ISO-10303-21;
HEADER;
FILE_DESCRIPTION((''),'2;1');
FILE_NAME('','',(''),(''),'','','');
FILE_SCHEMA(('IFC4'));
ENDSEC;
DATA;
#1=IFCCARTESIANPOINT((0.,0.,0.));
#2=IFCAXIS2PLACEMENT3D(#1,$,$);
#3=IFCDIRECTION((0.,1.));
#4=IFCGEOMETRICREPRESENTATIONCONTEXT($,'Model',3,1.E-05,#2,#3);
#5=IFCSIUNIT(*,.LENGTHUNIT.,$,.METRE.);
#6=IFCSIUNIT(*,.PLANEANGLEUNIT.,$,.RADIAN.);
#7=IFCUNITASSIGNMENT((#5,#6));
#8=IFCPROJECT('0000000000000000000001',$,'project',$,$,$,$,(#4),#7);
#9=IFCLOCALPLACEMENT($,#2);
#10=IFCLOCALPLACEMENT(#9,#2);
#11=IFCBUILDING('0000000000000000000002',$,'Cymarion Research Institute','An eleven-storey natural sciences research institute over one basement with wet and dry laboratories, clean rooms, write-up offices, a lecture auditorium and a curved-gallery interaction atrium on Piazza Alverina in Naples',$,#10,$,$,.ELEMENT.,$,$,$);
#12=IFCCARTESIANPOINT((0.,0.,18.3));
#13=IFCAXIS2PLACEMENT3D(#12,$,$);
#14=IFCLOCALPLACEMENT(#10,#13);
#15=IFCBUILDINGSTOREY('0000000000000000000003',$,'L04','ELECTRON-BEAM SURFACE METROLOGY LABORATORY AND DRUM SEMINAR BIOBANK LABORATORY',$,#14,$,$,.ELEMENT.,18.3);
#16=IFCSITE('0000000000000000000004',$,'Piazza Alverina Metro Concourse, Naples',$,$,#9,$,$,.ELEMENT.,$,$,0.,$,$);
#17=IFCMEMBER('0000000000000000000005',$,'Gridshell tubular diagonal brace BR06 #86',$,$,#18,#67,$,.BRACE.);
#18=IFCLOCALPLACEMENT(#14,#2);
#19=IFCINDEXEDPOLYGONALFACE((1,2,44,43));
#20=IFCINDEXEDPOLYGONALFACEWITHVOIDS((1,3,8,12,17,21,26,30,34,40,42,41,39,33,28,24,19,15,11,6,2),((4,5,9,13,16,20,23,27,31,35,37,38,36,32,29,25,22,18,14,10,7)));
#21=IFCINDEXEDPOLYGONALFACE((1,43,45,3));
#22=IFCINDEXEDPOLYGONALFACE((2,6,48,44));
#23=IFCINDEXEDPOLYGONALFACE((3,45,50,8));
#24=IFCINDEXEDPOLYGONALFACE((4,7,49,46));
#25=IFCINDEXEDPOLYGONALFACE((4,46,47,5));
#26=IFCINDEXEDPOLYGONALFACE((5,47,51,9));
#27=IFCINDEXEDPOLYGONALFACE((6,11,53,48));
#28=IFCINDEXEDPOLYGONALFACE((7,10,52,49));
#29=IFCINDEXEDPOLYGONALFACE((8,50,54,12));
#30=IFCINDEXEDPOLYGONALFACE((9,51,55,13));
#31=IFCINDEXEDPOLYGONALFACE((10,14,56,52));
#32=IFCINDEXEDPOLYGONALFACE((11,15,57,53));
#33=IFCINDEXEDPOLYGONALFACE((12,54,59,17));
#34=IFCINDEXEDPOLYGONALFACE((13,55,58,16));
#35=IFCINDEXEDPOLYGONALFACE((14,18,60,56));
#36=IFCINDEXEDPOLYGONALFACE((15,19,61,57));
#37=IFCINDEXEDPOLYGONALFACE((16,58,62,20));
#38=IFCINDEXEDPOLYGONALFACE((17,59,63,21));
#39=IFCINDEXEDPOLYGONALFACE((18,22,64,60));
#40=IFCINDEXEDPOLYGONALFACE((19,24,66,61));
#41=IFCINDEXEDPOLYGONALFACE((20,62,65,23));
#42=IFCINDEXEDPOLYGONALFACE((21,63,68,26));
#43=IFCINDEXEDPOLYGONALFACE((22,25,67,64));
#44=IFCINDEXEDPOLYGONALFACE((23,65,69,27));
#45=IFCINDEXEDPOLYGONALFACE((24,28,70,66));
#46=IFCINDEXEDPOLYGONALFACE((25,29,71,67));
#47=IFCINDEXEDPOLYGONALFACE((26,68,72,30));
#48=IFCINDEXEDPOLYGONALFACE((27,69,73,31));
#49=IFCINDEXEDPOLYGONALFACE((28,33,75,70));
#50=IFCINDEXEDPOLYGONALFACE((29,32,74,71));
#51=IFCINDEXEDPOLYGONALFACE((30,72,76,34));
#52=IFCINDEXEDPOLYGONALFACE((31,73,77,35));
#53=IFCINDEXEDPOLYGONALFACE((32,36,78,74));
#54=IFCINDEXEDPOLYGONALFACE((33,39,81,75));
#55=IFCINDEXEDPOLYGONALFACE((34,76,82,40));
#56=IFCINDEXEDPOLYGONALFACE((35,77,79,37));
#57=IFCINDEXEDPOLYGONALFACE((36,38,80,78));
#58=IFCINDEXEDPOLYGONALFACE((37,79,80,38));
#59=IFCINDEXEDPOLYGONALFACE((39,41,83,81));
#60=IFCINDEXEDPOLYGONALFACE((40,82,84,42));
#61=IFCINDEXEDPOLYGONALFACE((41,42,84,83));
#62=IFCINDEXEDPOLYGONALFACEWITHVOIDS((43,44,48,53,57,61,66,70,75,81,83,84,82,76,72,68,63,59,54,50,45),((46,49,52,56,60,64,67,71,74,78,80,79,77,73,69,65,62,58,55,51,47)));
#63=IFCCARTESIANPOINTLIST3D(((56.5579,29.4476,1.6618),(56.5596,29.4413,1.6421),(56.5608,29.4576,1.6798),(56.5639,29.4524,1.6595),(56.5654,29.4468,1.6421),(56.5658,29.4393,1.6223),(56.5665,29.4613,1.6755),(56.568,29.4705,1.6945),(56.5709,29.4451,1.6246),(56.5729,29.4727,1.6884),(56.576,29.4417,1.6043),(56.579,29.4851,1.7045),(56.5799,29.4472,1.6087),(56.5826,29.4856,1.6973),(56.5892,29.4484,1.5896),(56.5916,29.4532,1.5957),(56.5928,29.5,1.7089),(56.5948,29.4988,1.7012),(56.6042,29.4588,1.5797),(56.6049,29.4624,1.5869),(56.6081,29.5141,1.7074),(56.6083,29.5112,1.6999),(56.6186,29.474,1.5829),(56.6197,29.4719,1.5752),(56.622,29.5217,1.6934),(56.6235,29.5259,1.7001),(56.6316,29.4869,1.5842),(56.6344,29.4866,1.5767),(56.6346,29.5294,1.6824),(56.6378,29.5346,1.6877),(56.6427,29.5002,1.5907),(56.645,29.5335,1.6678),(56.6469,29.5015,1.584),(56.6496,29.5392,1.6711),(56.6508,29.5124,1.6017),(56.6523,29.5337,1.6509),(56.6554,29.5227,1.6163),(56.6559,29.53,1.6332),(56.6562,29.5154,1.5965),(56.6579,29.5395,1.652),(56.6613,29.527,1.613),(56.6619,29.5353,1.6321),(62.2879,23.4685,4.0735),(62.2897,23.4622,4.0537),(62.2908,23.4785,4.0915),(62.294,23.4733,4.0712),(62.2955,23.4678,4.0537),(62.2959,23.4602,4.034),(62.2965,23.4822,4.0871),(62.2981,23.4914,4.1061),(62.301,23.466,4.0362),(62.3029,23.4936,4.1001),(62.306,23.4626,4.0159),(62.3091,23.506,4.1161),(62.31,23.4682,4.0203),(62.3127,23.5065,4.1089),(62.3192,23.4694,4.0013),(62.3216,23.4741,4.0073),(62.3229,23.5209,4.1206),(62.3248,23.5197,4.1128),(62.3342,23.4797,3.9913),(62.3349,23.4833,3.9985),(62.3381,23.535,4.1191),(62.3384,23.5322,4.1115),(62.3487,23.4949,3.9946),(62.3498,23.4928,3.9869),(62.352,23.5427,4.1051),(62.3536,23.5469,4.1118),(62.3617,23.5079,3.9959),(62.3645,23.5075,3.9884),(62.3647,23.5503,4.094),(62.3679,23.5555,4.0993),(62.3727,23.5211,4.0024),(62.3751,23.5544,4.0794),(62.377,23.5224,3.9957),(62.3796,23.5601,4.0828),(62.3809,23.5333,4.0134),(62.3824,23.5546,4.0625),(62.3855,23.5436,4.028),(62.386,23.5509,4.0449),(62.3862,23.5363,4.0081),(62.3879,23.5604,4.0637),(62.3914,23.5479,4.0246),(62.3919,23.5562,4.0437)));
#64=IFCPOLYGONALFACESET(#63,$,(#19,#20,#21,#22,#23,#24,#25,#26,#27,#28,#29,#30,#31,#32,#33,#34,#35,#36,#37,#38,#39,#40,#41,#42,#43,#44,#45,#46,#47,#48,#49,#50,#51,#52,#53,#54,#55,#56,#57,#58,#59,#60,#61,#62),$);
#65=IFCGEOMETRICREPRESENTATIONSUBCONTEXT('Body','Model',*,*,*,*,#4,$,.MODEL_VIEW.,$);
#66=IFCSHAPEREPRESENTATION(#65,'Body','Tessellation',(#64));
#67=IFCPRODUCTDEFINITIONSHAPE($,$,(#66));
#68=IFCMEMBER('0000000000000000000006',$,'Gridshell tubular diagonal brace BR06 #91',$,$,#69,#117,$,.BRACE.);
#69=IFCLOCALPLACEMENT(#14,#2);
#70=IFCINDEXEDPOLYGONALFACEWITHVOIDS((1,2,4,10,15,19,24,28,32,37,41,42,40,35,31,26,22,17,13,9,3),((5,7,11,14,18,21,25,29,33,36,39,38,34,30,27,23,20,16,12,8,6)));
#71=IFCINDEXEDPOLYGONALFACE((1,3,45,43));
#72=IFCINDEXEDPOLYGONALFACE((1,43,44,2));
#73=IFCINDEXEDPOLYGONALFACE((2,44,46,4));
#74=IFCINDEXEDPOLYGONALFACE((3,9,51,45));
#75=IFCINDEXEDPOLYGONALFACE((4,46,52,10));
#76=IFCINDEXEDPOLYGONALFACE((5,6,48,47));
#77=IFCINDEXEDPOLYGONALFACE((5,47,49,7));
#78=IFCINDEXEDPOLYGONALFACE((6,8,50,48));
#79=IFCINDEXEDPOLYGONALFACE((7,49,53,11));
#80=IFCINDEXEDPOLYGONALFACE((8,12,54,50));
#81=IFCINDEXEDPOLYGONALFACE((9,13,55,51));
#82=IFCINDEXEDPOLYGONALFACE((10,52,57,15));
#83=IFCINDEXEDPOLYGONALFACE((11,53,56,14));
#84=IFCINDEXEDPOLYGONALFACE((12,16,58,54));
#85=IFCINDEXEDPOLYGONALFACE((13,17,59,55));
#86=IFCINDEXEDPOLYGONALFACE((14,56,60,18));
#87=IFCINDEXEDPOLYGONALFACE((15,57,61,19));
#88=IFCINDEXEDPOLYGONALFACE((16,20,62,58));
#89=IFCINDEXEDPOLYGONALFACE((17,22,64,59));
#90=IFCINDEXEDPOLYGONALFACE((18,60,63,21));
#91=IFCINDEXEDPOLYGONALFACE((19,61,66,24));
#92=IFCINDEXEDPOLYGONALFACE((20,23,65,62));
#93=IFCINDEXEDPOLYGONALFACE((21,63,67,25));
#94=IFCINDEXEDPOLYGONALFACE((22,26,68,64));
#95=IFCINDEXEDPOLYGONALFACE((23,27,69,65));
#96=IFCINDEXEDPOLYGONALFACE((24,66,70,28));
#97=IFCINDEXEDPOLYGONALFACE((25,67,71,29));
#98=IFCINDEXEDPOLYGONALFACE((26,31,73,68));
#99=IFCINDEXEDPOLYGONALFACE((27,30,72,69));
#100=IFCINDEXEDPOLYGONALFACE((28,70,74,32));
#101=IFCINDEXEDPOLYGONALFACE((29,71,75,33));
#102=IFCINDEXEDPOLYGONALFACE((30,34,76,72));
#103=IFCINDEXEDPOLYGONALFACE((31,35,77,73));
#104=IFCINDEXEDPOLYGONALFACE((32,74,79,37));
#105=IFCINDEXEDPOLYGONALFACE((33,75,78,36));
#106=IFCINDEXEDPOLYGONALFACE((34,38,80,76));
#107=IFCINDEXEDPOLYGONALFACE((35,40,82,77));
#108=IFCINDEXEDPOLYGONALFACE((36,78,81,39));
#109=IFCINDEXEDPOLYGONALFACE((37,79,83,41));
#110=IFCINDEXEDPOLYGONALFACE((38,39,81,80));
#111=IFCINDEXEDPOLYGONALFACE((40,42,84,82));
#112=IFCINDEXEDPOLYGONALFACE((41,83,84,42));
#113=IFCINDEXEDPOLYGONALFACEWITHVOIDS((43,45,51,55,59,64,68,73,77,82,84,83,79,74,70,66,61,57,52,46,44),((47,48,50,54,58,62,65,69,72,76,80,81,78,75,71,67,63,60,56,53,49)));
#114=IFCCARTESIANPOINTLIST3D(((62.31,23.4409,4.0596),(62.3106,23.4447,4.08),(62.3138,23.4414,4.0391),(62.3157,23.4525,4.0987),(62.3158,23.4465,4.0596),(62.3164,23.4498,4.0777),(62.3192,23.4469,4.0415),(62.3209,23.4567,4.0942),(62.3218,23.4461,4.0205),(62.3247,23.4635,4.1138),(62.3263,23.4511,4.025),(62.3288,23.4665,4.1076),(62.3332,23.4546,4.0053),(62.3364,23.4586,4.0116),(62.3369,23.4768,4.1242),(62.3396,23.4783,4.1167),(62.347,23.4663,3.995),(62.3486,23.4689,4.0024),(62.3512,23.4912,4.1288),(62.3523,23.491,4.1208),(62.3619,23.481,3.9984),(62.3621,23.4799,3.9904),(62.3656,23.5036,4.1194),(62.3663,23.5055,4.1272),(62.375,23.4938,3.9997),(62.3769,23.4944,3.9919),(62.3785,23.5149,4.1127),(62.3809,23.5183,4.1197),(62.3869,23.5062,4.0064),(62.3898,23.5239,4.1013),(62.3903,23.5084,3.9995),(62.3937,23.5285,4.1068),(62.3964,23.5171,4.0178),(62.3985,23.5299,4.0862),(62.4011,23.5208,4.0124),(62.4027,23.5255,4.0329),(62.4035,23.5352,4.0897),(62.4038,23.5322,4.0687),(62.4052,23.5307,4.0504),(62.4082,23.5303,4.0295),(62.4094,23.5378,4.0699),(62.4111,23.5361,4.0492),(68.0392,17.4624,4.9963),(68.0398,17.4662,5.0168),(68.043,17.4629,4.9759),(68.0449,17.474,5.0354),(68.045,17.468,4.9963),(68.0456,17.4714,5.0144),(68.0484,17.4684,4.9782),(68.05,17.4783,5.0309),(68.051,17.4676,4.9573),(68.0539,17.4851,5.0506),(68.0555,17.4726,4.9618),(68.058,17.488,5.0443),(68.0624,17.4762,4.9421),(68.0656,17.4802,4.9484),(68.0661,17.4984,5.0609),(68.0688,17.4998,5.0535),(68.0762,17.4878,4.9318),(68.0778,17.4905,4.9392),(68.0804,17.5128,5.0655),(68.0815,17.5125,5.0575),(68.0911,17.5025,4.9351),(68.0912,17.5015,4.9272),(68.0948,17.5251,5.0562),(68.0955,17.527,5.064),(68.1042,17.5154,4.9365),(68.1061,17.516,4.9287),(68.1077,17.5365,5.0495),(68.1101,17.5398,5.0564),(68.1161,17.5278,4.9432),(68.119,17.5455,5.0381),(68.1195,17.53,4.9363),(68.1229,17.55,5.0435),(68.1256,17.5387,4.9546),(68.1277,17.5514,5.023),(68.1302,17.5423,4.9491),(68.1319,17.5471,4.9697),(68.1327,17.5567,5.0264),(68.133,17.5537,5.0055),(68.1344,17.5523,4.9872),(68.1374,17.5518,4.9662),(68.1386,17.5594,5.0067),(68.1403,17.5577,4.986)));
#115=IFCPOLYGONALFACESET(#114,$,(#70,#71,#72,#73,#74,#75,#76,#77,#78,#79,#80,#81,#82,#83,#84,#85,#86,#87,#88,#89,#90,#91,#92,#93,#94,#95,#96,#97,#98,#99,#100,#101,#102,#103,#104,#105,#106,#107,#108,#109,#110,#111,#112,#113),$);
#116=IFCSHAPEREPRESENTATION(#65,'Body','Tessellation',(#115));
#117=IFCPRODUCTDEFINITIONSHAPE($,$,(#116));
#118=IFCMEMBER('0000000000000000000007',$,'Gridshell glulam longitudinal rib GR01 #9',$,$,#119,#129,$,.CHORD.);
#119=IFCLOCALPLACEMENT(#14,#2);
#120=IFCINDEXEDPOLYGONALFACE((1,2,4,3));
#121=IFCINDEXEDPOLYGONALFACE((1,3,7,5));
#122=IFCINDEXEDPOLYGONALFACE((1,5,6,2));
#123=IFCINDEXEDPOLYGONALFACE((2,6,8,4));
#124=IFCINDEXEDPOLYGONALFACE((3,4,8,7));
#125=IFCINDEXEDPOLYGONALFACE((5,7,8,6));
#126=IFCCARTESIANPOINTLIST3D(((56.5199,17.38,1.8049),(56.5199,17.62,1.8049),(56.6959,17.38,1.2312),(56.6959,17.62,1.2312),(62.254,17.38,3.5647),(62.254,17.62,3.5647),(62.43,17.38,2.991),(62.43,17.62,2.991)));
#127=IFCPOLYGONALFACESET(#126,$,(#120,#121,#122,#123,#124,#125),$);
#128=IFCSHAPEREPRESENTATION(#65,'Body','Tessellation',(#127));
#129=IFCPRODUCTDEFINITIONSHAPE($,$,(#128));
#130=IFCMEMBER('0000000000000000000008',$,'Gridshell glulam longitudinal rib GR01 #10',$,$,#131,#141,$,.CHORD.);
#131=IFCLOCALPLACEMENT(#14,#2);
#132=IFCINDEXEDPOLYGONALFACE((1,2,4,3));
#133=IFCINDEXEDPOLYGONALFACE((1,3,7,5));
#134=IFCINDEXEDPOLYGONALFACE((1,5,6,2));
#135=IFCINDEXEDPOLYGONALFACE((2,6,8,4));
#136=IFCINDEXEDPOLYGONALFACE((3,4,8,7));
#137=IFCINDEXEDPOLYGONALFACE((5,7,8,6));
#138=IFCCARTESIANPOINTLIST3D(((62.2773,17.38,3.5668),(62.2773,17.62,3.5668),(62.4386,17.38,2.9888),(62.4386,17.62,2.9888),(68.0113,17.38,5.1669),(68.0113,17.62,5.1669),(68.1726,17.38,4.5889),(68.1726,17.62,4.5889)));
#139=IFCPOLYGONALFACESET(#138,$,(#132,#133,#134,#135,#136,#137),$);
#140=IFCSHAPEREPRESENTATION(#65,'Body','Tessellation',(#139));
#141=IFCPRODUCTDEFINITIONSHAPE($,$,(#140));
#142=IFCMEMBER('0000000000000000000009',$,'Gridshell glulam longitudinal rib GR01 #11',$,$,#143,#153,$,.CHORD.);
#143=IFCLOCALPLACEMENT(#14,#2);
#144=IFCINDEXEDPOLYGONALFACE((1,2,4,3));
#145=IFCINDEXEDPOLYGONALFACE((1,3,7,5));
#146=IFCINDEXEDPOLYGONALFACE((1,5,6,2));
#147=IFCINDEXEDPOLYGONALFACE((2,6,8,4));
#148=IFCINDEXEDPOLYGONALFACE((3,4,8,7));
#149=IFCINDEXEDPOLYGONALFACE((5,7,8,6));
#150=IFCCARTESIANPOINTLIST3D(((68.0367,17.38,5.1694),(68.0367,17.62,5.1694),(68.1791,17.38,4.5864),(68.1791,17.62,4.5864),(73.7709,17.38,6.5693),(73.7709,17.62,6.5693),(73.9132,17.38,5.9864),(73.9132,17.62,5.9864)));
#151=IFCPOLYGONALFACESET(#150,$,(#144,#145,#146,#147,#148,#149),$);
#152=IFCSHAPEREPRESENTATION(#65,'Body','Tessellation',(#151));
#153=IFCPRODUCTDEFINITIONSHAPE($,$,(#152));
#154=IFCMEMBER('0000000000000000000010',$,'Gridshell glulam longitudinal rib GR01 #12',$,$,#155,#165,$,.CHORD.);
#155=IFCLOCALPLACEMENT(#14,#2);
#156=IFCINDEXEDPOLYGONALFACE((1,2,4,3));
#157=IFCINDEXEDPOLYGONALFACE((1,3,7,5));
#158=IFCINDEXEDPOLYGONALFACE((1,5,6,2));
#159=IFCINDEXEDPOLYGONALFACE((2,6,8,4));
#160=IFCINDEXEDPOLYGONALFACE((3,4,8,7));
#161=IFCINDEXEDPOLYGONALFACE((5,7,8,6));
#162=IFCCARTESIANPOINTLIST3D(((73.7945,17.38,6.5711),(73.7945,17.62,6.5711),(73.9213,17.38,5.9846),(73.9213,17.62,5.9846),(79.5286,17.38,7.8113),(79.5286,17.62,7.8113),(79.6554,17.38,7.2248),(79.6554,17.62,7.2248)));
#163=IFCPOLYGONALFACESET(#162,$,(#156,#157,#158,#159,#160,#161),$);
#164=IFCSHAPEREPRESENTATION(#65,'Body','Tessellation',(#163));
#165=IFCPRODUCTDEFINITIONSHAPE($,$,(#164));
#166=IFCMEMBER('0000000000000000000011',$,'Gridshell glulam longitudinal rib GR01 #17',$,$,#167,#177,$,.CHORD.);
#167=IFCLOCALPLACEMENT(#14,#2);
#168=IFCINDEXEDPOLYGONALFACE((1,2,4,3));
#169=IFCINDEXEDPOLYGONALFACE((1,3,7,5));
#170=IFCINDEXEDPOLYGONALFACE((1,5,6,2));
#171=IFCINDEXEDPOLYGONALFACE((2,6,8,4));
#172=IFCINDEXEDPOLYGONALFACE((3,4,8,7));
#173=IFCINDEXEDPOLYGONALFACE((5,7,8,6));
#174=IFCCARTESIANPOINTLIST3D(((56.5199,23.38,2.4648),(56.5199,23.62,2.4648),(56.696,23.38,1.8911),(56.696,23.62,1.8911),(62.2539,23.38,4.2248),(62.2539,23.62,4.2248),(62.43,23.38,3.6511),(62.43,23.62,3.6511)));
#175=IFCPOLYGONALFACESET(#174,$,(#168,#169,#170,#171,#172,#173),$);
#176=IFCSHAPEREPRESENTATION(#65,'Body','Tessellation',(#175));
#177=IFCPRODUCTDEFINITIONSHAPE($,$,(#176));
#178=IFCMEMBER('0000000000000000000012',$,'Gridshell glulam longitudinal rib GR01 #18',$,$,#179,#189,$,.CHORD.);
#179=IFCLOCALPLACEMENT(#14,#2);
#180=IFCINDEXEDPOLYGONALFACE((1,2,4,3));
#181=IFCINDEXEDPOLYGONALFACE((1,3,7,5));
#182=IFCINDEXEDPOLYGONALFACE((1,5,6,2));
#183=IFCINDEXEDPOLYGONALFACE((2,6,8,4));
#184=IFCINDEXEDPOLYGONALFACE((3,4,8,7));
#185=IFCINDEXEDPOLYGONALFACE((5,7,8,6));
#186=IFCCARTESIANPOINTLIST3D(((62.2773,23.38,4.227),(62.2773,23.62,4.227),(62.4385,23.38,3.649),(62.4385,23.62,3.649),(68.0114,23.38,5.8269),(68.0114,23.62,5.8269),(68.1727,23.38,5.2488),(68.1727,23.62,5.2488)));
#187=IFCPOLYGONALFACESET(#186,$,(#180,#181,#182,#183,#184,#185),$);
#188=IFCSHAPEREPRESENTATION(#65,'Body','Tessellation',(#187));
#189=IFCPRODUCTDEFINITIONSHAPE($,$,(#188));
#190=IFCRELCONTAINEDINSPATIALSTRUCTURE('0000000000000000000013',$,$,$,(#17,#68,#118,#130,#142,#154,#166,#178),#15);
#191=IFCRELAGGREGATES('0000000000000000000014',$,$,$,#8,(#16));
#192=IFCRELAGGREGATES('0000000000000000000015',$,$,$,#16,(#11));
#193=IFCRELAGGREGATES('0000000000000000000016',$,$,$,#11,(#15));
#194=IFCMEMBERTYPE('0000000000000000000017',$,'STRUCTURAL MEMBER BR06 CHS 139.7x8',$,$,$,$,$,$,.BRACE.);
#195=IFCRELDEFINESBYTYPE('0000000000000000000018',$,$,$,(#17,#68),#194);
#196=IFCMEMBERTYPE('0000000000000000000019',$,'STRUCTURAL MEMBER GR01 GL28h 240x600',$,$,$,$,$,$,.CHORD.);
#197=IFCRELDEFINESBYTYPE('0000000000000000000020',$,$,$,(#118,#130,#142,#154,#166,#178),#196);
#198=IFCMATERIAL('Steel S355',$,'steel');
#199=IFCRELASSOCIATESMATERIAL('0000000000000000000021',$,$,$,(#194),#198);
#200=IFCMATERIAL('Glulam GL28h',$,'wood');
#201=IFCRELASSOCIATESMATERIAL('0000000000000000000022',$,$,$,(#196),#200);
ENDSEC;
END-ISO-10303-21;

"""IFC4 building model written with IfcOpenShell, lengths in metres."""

from ifc_helpers import new_model, si_unit, direction, frame, origin, origin_2d, place, context, subcontext, project, spatial, rectangle, hollow_circle, extrude, material, material_profile, profile_set, type_object, element, save


model = new_model("IFC4")

# Units and contexts
model_context = context("Model", 3, precision=1e-05, world=origin(), true_north=direction((0.0, 1.0)))
body_context = subcontext(model_context, "Body", "Model", "MODEL_VIEW")
ifc_project = project(units=[si_unit("LENGTHUNIT", "METRE"), si_unit("PLANEANGLEUNIT", "RADIAN")], contexts=[model_context])

# Site, building, storey
site_placement = place(None, origin())
site = spatial("IfcSite", under=ifc_project, at=site_placement, Name="Piazza Alverina Metro Concourse, Naples", CompositionType="ELEMENT", RefElevation=0.0)
building_placement = place(site_placement, origin())
building = spatial("IfcBuilding", under=site, at=building_placement, Name="Cymarion Research Institute", Description="An eleven-storey natural sciences research institute over one basement with wet and dry laboratories, clean rooms, write-up offices, a lecture auditorium and a curved-gallery interaction atrium on Piazza Alverina in Naples", CompositionType="ELEMENT")
storey_placement = place(building_placement, frame((0.0, 0.0, 18.3)))
storey = spatial("IfcBuildingStorey", under=building, at=storey_placement, Name="L04", Description="ELECTRON-BEAM SURFACE METROLOGY LABORATORY AND DRUM SEMINAR BIOBANK LABORATORY", CompositionType="ELEMENT", Elevation=18.3)

# Shared definitions
ifc_material_1 = material(Name="Steel S355", Category="steel")

# Members
ifc_material_profile_1 = material_profile(ifc_material_1, hollow_circle(Radius=0.0698, WallThickness=0.0081, at=origin_2d()), Name="CHS 139.7x8")
ifc_profile_set_1 = profile_set([ifc_material_profile_1], Name="Steel S355")
member_type_1 = type_object("IfcMemberType", Name="STRUCTURAL MEMBER BR06 CHS 139.7x8", PredefinedType="BRACE", material=ifc_profile_set_1)
member_1_placement = place(storey_placement, frame((62.3401, 23.5105, 4.0537), z_axis=(-0.664317, 0.693188, -0.279596), x_axis=(-0.721982, -0.691912, 0.0)))
element("IfcMember", 1, at=member_1_placement, inside=storey, type_object=member_type_1, Name="Gridshell tubular diagonal brace BR06 #86", PredefinedType="BRACE", context=body_context, shape_type="SweptSolid", body=[
    extrude(hollow_circle(Radius=0.0698, WallThickness=0.0081, at=origin_2d()), origin(), (0.0, 0.0, 1.0), 8.6255),
])
member_2_placement = place(storey_placement, frame((68.0896, 17.5107, 4.9963), z_axis=(-0.68751, 0.717422, -0.112412), x_axis=(-0.721998, -0.691895, 0.0)))
element("IfcMember", 2, at=member_2_placement, inside=storey, type_object=member_type_1, Name="Gridshell tubular diagonal brace BR06 #91", PredefinedType="BRACE", context=body_context, shape_type="SweptSolid", body=[
    extrude(hollow_circle(Radius=0.0698, WallThickness=0.0081, at=origin_2d()), origin(), (0.0, 0.0, 1.0), 8.3333),
])
ifc_material_2 = material(Name="Glulam GL28h", Category="wood")
ifc_material_profile_2 = material_profile(ifc_material_2, rectangle(XDim=0.24, YDim=0.6001, at=origin_2d()), Name="GL28h 240x600")
ifc_profile_set_2 = profile_set([ifc_material_profile_2], Name="Glulam GL28h")
member_type_2 = type_object("IfcMemberType", Name="STRUCTURAL MEMBER GR01 GL28h 240x600", PredefinedType="CHORD", material=ifc_profile_set_2)
member_3_placement = place(storey_placement, frame((56.6079, 17.5, 1.5181), z_axis=(0.955993, 0.0, 0.293388), x_axis=(0.0, 1.0, 0.0)))
element("IfcMember", 3, at=member_3_placement, inside=storey, type_object=member_type_2, Name="Gridshell glulam longitudinal rib GR01 #9", PredefinedType="CHORD", context=body_context, shape_type="SweptSolid", body=[
    extrude(rectangle(XDim=0.24, YDim=0.6001, at=origin_2d()), origin(), (0.0, 0.0, 1.0), 5.998),
])
member_4_placement = place(storey_placement, frame((62.3579, 17.5, 3.2778), z_axis=(0.963202, 0.0, 0.26878), x_axis=(0.0, 1.0, 0.0)))
element("IfcMember", 4, at=member_4_placement, inside=storey, type_object=member_type_2, Name="Gridshell glulam longitudinal rib GR01 #10", PredefinedType="CHORD", context=body_context, shape_type="SweptSolid", body=[
    extrude(rectangle(XDim=0.24, YDim=0.6001, at=origin_2d()), origin(), (0.0, 0.0, 1.0), 5.9531),
])
member_5_placement = place(storey_placement, frame((68.1079, 17.5, 4.8779), z_axis=(0.971468, 0.0, 0.237169), x_axis=(0.0, 1.0, 0.0)))
element("IfcMember", 5, at=member_5_placement, inside=storey, type_object=member_type_2, Name="Gridshell glulam longitudinal rib GR01 #11", PredefinedType="CHORD", context=body_context, shape_type="SweptSolid", body=[
    extrude(rectangle(XDim=0.24, YDim=0.6001, at=origin_2d()), origin(), (0.0, 0.0, 1.0), 5.9026),
])
member_6_placement = place(storey_placement, frame((73.8579, 17.5, 6.2778), z_axis=(0.977399, 0.0, 0.211402), x_axis=(0.0, 1.0, 0.0)))
element("IfcMember", 6, at=member_6_placement, inside=storey, type_object=member_type_2, Name="Gridshell glulam longitudinal rib GR01 #12", PredefinedType="CHORD", context=body_context, shape_type="SweptSolid", body=[
    extrude(rectangle(XDim=0.24, YDim=0.6001, at=origin_2d()), origin(), (0.0, 0.0, 1.0), 5.8667),
])
member_7_placement = place(storey_placement, frame((56.6079, 23.5, 2.178), z_axis=(0.955982, 0.0, 0.293425), x_axis=(0.0, 1.0, 0.0)))
element("IfcMember", 7, at=member_7_placement, inside=storey, type_object=member_type_2, Name="Gridshell glulam longitudinal rib GR01 #17", PredefinedType="CHORD", context=body_context, shape_type="SweptSolid", body=[
    extrude(rectangle(XDim=0.24, YDim=0.6001, at=origin_2d()), origin(), (0.0, 0.0, 1.0), 5.998),
])
member_8_placement = place(storey_placement, frame((62.3579, 23.5, 3.938), z_axis=(0.963212, 0.0, 0.268741), x_axis=(0.0, 1.0, 0.0)))
element("IfcMember", 8, at=member_8_placement, inside=storey, type_object=member_type_2, Name="Gridshell glulam longitudinal rib GR01 #18", PredefinedType="CHORD", context=body_context, shape_type="SweptSolid", body=[
    extrude(rectangle(XDim=0.24, YDim=0.6001, at=origin_2d()), origin(), (0.0, 0.0, 1.0), 5.9531),
])

save(model, "model.ifc")
